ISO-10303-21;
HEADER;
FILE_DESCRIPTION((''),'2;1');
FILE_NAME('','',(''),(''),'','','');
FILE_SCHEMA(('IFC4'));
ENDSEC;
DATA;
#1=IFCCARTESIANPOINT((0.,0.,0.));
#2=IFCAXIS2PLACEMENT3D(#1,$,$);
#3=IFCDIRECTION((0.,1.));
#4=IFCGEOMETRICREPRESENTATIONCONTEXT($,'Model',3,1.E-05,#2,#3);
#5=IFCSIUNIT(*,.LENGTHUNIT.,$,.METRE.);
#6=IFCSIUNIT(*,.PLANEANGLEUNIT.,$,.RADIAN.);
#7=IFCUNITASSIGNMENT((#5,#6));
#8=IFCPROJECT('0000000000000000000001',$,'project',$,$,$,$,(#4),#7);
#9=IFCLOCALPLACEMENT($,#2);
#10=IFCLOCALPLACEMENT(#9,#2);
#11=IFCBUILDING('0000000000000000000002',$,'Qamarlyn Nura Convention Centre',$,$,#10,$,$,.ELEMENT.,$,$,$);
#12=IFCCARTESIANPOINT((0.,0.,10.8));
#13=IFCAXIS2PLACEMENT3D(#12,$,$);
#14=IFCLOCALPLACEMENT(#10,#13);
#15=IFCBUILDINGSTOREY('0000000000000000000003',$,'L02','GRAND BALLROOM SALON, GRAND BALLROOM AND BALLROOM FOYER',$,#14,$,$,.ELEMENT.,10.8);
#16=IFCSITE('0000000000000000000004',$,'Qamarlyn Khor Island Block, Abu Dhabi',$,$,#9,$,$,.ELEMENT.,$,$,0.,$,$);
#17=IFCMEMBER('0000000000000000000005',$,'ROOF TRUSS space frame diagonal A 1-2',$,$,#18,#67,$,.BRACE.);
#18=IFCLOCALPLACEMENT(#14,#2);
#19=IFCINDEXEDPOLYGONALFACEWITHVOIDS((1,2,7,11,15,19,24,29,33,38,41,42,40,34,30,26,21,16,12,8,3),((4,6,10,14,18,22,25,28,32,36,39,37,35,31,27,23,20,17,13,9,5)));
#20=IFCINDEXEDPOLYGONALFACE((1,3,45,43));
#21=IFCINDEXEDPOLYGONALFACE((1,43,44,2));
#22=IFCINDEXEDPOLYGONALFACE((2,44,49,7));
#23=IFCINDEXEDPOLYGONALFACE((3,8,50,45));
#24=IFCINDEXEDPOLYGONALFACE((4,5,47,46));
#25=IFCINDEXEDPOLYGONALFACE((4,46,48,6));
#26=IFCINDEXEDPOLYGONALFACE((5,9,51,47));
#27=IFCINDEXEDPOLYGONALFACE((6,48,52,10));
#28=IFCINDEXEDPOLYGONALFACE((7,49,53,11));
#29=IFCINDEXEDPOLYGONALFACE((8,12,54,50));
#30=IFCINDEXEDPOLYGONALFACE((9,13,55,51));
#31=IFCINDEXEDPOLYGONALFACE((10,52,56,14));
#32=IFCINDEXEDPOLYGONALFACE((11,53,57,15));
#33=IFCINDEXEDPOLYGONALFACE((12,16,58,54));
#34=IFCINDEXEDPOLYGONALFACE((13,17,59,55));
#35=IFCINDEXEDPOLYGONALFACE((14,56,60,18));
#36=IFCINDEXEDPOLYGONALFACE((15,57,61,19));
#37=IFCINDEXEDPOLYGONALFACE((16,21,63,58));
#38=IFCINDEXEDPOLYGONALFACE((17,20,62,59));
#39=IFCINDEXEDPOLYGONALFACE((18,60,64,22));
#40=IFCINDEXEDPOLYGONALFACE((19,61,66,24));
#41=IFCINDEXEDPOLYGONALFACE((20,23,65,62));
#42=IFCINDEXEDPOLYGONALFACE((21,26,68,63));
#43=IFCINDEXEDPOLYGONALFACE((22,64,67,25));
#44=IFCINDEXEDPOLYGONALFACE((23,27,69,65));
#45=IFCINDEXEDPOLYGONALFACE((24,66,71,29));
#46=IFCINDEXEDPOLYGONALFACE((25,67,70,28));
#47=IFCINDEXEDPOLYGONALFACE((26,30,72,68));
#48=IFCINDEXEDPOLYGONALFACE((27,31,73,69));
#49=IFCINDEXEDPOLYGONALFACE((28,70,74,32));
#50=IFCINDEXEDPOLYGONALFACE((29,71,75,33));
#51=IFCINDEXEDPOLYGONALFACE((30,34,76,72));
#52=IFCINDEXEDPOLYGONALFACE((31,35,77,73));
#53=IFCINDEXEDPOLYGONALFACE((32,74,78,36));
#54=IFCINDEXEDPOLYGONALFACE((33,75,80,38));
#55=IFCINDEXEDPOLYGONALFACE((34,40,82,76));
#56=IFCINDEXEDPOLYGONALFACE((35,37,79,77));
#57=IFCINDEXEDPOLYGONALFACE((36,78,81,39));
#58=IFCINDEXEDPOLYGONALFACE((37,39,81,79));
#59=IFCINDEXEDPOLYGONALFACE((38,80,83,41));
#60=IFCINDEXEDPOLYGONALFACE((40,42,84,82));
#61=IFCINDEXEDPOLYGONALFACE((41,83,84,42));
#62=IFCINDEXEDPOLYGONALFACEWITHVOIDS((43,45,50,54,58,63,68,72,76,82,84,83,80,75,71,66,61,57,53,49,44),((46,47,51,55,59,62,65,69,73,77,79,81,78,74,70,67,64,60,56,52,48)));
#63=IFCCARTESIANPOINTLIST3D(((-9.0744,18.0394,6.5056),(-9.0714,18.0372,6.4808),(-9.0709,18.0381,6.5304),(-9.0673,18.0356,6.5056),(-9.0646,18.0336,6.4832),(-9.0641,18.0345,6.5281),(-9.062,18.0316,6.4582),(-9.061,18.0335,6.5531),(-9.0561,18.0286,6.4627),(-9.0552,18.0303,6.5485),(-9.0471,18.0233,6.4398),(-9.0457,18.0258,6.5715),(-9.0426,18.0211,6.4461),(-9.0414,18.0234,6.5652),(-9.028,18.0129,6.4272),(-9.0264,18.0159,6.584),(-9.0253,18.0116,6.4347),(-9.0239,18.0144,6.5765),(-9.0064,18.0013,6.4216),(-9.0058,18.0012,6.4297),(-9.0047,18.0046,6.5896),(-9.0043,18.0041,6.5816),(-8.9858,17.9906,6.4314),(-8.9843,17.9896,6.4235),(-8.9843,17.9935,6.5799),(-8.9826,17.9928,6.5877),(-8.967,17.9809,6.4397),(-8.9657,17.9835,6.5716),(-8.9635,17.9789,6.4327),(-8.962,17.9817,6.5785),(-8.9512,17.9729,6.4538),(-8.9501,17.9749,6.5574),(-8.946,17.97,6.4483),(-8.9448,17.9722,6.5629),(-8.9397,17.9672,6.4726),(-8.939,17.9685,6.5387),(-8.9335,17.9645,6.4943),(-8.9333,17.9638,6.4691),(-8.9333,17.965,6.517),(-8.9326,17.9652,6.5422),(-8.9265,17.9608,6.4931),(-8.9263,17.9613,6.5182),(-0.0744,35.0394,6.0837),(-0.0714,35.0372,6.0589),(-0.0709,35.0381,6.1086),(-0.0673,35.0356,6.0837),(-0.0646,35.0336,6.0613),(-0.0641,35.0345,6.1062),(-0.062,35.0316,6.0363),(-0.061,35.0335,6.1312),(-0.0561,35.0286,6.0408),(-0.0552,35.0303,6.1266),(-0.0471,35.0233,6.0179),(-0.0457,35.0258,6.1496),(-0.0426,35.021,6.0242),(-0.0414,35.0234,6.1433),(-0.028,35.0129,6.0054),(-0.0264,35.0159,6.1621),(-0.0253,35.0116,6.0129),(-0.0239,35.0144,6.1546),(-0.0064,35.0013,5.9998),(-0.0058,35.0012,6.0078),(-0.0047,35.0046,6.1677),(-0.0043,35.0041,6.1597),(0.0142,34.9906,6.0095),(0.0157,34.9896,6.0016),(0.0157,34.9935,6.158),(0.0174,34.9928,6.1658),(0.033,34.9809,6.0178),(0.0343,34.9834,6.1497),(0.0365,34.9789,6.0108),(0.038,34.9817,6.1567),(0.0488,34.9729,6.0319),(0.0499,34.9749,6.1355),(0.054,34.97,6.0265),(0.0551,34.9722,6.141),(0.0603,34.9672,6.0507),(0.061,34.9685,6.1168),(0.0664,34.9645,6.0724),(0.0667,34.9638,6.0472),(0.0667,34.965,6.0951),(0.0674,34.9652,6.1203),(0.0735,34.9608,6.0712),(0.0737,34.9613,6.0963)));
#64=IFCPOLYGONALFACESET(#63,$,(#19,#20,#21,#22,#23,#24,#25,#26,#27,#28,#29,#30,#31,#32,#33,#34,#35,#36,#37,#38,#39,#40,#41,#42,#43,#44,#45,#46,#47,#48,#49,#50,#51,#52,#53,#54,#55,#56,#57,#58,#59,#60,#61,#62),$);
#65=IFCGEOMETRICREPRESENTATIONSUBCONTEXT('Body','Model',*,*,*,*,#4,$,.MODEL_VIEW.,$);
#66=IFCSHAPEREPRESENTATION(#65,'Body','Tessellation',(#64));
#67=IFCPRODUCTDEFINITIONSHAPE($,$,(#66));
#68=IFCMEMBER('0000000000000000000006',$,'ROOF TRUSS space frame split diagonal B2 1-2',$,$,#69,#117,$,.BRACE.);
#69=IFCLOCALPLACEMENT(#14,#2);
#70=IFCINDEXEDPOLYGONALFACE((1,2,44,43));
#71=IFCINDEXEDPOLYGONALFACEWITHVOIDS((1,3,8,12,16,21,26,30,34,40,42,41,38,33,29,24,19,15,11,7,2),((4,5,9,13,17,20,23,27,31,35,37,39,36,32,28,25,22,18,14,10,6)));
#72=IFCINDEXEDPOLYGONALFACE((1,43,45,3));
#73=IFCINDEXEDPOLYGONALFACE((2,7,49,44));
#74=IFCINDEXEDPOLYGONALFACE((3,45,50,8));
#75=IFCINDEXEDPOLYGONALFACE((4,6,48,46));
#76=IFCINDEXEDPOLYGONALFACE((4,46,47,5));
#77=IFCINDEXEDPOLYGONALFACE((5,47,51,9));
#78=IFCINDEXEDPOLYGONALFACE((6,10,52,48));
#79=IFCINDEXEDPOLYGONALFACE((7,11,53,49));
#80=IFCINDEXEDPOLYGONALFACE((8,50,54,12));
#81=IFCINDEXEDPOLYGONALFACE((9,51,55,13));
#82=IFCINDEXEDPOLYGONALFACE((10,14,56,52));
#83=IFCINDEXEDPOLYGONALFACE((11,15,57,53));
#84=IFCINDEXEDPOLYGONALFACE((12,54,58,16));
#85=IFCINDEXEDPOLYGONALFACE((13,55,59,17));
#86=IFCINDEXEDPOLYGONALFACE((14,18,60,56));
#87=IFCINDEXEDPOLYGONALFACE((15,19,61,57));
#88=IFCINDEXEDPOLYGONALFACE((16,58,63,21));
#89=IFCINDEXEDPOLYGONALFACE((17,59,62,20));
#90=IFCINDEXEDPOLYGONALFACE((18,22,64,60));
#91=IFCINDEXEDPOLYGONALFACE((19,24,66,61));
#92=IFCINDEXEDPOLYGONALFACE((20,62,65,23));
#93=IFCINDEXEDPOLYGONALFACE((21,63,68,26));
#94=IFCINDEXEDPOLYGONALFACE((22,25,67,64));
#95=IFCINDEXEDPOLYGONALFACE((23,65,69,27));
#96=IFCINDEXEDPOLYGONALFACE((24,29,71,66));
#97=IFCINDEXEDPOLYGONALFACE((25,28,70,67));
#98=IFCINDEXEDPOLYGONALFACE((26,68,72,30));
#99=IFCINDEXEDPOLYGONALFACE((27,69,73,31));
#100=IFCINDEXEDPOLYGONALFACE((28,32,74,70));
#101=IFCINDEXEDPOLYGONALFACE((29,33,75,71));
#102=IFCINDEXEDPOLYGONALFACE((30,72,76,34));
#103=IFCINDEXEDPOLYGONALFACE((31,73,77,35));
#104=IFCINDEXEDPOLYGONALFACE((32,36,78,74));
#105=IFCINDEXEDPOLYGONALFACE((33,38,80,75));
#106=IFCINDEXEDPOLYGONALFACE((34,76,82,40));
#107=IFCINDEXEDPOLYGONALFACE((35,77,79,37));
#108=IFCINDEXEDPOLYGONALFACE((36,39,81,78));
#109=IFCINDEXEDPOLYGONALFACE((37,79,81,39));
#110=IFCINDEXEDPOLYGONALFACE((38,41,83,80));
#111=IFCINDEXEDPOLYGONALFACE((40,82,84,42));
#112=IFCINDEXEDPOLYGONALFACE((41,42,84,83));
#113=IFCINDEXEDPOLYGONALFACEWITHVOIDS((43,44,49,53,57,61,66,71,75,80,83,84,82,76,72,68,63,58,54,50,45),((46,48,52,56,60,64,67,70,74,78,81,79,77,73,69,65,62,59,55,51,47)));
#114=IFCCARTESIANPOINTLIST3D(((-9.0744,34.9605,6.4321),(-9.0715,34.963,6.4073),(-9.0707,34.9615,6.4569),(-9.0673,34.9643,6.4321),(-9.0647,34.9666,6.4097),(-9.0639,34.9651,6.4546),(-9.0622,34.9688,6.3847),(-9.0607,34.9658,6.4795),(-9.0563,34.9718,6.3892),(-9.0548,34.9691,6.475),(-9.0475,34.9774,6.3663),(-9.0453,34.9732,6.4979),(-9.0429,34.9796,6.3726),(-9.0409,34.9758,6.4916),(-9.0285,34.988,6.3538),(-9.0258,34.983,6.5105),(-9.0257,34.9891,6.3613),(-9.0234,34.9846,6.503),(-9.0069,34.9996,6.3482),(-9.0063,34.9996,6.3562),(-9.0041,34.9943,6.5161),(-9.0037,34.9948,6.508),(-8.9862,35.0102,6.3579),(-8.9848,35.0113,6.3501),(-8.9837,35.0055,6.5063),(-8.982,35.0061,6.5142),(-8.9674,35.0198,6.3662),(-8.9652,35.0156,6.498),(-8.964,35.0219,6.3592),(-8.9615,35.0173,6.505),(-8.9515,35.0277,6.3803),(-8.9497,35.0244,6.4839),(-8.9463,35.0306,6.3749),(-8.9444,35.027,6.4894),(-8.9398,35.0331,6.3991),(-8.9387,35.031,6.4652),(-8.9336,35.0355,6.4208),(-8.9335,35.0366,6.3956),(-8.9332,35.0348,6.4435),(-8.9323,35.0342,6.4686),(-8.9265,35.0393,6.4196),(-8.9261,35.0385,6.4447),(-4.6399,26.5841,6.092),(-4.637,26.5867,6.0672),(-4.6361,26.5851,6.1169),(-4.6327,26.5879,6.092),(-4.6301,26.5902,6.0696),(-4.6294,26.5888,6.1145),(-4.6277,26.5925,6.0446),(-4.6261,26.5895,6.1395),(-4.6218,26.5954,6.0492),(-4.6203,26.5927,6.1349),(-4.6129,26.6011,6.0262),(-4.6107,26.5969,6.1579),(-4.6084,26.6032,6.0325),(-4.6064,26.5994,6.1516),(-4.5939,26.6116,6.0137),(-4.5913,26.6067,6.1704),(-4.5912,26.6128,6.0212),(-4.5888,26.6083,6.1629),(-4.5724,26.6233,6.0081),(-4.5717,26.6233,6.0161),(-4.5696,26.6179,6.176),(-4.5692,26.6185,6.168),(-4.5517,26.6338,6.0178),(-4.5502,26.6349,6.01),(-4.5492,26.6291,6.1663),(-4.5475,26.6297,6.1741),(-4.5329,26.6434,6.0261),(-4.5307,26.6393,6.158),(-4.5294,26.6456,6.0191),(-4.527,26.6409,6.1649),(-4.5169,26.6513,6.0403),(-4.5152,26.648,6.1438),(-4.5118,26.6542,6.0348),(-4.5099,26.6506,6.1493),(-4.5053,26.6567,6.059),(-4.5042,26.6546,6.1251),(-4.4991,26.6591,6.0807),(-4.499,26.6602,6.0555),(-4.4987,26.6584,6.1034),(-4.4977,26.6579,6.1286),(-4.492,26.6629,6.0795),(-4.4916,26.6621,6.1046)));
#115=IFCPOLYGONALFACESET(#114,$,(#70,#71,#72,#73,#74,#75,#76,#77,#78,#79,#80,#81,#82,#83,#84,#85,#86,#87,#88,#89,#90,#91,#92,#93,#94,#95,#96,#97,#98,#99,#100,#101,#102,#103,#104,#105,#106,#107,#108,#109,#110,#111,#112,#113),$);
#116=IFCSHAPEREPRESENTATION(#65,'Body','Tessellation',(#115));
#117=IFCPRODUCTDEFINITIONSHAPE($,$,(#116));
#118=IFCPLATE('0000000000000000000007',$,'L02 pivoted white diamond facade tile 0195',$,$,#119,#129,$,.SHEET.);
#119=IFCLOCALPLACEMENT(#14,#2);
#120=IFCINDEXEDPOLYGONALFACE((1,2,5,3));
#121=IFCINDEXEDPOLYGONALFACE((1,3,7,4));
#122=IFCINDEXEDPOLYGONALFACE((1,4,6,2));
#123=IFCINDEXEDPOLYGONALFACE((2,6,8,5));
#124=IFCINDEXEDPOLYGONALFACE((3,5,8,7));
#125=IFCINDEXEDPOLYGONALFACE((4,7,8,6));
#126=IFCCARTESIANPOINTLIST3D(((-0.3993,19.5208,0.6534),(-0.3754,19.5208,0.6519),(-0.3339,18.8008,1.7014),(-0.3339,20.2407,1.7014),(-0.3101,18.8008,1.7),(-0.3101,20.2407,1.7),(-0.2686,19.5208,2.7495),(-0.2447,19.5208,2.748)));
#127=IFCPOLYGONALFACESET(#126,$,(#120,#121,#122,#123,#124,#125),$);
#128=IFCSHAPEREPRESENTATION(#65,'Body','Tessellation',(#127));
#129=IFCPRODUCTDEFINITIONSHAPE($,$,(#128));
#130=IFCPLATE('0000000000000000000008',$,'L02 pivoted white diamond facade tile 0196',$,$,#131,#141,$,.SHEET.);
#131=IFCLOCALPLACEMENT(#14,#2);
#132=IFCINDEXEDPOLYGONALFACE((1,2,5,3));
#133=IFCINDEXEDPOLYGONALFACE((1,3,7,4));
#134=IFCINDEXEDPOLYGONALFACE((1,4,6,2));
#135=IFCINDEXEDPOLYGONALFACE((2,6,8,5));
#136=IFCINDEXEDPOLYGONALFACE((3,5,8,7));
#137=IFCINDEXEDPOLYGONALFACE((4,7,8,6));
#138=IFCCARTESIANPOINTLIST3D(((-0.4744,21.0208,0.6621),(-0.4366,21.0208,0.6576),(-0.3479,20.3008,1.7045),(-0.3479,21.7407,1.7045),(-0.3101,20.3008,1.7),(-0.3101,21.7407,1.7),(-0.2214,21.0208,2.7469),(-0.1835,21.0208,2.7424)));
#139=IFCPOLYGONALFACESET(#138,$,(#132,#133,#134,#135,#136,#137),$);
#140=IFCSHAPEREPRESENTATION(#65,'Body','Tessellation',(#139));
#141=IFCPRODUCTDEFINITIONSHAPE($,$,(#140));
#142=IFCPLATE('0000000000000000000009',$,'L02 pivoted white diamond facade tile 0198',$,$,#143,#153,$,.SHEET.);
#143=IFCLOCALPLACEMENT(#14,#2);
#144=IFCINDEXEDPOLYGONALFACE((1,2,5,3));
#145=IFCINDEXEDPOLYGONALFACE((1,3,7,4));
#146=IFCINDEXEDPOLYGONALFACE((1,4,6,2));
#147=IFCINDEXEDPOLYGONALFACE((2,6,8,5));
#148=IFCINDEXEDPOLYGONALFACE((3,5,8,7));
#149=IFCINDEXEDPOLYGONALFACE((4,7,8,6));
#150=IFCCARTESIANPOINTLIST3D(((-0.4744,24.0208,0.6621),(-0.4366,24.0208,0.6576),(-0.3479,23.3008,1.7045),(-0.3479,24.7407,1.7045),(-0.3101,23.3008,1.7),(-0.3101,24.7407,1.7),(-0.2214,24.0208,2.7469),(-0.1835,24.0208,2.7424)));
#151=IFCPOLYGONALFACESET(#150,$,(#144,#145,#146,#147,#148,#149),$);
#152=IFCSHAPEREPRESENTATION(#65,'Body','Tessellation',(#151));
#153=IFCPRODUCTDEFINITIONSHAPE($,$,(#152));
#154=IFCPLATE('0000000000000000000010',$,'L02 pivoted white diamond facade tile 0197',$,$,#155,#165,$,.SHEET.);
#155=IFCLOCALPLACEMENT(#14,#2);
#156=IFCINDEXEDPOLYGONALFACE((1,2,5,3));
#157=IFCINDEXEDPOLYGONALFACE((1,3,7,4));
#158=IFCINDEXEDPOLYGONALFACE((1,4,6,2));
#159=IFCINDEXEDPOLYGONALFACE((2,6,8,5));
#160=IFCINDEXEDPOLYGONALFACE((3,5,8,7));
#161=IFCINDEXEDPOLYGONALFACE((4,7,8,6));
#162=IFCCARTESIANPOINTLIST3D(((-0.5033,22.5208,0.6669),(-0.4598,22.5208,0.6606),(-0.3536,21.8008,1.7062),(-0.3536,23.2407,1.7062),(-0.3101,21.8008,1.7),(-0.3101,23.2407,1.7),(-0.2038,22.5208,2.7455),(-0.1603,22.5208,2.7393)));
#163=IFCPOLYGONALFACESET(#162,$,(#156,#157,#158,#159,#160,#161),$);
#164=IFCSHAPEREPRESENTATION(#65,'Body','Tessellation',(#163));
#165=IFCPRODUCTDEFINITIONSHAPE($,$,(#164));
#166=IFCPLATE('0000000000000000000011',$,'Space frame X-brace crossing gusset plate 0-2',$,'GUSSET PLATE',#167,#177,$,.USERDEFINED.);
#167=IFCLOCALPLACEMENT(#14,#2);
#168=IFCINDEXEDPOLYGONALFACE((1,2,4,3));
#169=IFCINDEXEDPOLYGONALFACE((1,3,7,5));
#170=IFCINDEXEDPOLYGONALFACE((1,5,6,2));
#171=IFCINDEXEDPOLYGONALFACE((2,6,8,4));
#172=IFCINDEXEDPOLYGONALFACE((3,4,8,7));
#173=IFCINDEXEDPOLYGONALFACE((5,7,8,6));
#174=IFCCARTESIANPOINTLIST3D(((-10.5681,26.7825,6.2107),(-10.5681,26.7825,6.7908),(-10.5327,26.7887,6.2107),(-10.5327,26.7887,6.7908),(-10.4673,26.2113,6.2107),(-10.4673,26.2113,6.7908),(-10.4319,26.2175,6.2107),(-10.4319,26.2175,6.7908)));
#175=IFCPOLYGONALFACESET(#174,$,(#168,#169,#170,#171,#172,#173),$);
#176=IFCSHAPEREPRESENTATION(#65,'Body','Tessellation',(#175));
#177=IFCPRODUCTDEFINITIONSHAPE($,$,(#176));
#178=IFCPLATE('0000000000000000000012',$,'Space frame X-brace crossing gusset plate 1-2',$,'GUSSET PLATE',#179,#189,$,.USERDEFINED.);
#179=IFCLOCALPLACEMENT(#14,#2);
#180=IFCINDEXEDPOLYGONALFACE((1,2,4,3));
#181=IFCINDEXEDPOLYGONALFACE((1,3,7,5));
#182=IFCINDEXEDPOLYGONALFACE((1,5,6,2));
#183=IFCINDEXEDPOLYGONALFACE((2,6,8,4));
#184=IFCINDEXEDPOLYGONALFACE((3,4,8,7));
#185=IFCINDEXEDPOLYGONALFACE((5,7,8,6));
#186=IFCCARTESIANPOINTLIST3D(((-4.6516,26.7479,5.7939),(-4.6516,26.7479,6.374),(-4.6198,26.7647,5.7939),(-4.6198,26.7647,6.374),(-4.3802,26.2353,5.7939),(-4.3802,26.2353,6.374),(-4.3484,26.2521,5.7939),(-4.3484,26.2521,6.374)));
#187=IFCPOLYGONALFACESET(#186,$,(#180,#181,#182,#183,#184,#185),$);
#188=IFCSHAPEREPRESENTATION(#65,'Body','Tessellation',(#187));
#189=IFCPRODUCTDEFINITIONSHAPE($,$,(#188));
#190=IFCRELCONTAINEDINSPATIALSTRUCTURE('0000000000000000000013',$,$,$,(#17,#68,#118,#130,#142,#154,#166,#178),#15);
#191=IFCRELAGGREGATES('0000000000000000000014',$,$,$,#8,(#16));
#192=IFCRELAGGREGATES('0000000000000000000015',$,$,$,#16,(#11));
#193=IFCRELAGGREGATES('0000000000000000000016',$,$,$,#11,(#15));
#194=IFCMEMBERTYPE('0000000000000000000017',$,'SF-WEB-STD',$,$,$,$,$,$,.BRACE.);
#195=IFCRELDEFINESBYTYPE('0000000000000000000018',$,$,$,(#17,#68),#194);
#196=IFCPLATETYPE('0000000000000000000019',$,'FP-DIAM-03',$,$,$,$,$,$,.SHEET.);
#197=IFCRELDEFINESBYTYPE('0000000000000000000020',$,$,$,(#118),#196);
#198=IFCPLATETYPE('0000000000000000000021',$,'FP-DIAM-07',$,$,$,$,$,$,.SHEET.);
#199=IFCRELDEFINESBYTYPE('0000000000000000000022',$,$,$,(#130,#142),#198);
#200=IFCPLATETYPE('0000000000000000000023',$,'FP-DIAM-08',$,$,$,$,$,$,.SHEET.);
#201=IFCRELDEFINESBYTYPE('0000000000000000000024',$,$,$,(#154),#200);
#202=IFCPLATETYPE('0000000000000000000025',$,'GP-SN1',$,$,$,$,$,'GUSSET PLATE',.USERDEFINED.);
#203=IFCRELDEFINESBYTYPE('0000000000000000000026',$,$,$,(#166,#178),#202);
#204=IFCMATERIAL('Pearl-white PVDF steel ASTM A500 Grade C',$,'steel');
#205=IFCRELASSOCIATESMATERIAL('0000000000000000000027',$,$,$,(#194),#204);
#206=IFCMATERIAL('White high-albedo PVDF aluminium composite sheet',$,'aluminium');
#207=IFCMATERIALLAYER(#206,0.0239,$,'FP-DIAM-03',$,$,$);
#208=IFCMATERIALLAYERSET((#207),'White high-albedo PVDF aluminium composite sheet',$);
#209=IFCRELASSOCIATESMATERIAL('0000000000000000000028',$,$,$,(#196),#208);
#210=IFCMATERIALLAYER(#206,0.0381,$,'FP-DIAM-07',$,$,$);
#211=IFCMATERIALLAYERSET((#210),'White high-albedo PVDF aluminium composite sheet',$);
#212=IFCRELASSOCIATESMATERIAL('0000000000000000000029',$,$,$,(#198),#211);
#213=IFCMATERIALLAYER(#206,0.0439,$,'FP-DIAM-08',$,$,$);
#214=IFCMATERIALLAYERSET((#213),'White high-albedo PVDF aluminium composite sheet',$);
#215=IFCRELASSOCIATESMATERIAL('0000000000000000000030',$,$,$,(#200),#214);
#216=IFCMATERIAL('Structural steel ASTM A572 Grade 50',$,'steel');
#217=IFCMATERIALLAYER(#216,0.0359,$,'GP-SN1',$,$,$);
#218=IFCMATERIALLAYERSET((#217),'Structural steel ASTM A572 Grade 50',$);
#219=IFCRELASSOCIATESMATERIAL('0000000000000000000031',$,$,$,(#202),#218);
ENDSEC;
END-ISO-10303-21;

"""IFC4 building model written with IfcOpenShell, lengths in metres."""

from ifc_helpers import new_model, si_unit, direction, frame, origin, origin_2d, place, context, subcontext, project, spatial, polyline, rectangle, hollow_circle, outline, extrude, material, layer, layer_set, material_profile, profile_set, type_object, element, save


model = new_model("IFC4")

# Units and contexts
model_context = context("Model", 3, precision=1e-05, world=origin(), true_north=direction((0.0, 1.0)))
body_context = subcontext(model_context, "Body", "Model", "MODEL_VIEW")
ifc_project = project(units=[si_unit("LENGTHUNIT", "METRE"), si_unit("PLANEANGLEUNIT", "RADIAN")], contexts=[model_context])

# Site, building, storey
site_placement = place(None, origin())
site = spatial("IfcSite", under=ifc_project, at=site_placement, Name="Qamarlyn Khor Island Block, Abu Dhabi", CompositionType="ELEMENT", RefElevation=0.0)
building_placement = place(site_placement, origin())
building = spatial("IfcBuilding", under=site, at=building_placement, Name="Qamarlyn Nura Convention Centre", CompositionType="ELEMENT")
storey_placement = place(building_placement, frame((0.0, 0.0, 10.8)))
storey = spatial("IfcBuildingStorey", under=building, at=storey_placement, Name="L02", Description="GRAND BALLROOM SALON, GRAND BALLROOM AND BALLROOM FOYER", CompositionType="ELEMENT", Elevation=10.8)

# Members
ifc_material_1 = material(Name="Pearl-white PVDF steel ASTM A500 Grade C", Category="steel")
ifc_material_profile_1 = material_profile(ifc_material_1, hollow_circle(Radius=0.0842, WallThickness=0.0081, at=origin_2d()), Name="CHS168.3X8")
ifc_profile_set_1 = profile_set([ifc_material_profile_1], Name="Pearl-white PVDF steel ASTM A500 Grade C")
member_type_1 = type_object("IfcMemberType", Name="SF-WEB-STD", PredefinedType="BRACE", material=ifc_profile_set_1)
member_1_placement = place(storey_placement, frame((-9.0, 18.0, 6.5056), z_axis=(0.467775, 0.883575, -0.021927), x_axis=(-0.883788, 0.467888, 0.0)))
element("IfcMember", 1, at=member_1_placement, inside=storey, type_object=member_type_1, Name="ROOF TRUSS space frame diagonal A 1-2", PredefinedType="BRACE", context=body_context, shape_type="SweptSolid", body=[
    extrude(hollow_circle(Radius=0.0842, WallThickness=0.0081, at=origin_2d()), origin(), (0.0, 0.0, 1.0), 19.24),
])
member_2_placement = place(storey_placement, frame((-4.5654, 26.6235, 6.092), z_axis=(-0.467584, 0.883221, 0.035859), x_axis=(-0.883789, -0.467885, 0.0)))
element("IfcMember", 2, at=member_2_placement, inside=storey, type_object=member_type_1, Name="ROOF TRUSS space frame split diagonal B2 1-2", PredefinedType="BRACE", context=body_context, shape_type="SweptSolid", body=[
    extrude(hollow_circle(Radius=0.0842, WallThickness=0.0081, at=origin_2d()), origin(), (0.0, 0.0, 1.0), 9.4839),
])

# Plates
ifc_material_2 = material(Name="White high-albedo PVDF aluminium composite sheet", Category="aluminium")
ifc_layer_1 = layer(ifc_material_2, 0.0239, Name="FP-DIAM-03")
ifc_layer_set_1 = layer_set([ifc_layer_1], Name="White high-albedo PVDF aluminium composite sheet")
plate_type_1 = type_object("IfcPlateType", Name="FP-DIAM-03", PredefinedType="SHEET", material=ifc_layer_set_1)
plate_1_placement = place(storey_placement, frame((-0.3101, 19.5208, 1.7), z_axis=(-0.998059, 0.0, 0.062268), x_axis=(0.0, -1.0, 0.0)))
element("IfcPlate", 3, at=plate_1_placement, inside=storey, type_object=plate_type_1, Name="L02 pivoted white diamond facade tile 0195", PredefinedType="SHEET", context=body_context, shape_type="SweptSolid", body=[
    extrude(outline(polyline([(-0.72, 0.0), (0.0, -1.05), (0.72, 0.0), (0.0, 1.05), (-0.72, 0.0)])), origin(), (0.0, 0.0, 1.0), 0.0239),
])
ifc_layer_2 = layer(ifc_material_2, 0.0381, Name="FP-DIAM-07")
ifc_layer_set_2 = layer_set([ifc_layer_2], Name="White high-albedo PVDF aluminium composite sheet")
plate_type_2 = type_object("IfcPlateType", Name="FP-DIAM-07", PredefinedType="SHEET", material=ifc_layer_set_2)
for number, where, z_axis, x_axis, name in (
    (4, (-0.3101, 21.0208, 1.7), (-0.992715, 0.0, 0.120483), (0.0, -1.0, 0.0), "L02 pivoted white diamond facade tile 0196"),
    (5, (-0.3101, 24.0208, 1.7), (-0.992715, 0.0, 0.120483), (0.0, -1.0, 0.0), "L02 pivoted white diamond facade tile 0198"),
):
    element("IfcPlate", number, at=place(storey_placement, frame(where, z_axis=z_axis, x_axis=x_axis)), inside=storey, type_object=plate_type_2, Name=name, PredefinedType="SHEET", context=body_context, shape_type="SweptSolid", body=[
        extrude(outline(polyline([(-0.72, 0.0), (0.0, -1.05), (0.72, 0.0), (0.0, 1.05), (-0.72, 0.0)])), origin(), (0.0, 0.0, 1.0), 0.0381),
    ])
ifc_layer_3 = layer(ifc_material_2, 0.0439, Name="FP-DIAM-08")
ifc_layer_set_3 = layer_set([ifc_layer_3], Name="White high-albedo PVDF aluminium composite sheet")
plate_type_3 = type_object("IfcPlateType", Name="FP-DIAM-08", PredefinedType="SHEET", material=ifc_layer_set_3)
plate_2_placement = place(storey_placement, frame((-0.3101, 22.5208, 1.7), z_axis=(-0.989776, 0.0, 0.142629), x_axis=(0.0, -1.0, 0.0)))
element("IfcPlate", 6, at=plate_2_placement, inside=storey, type_object=plate_type_3, Name="L02 pivoted white diamond facade tile 0197", PredefinedType="SHEET", context=body_context, shape_type="SweptSolid", body=[
    extrude(outline(polyline([(-0.72, 0.0), (0.0, -1.05), (0.72, 0.0), (0.0, 1.05), (-0.72, 0.0)])), origin(), (0.0, 0.0, 1.0), 0.0439),
])
ifc_material_3 = material(Name="Structural steel ASTM A572 Grade 50", Category="steel")
ifc_layer_4 = layer(ifc_material_3, 0.0359, Name="GP-SN1")
ifc_layer_set_4 = layer_set([ifc_layer_4], Name="Structural steel ASTM A572 Grade 50")
plate_type_4 = type_object("IfcPlateType", Name="GP-SN1", ElementType="GUSSET PLATE", PredefinedType="USERDEFINED", material=ifc_layer_set_4)
for number, where, z_axis, x_axis, name in (
    (7, (-10.5, 26.5, 6.2107), (0.0, 0.0, 1.0), (-0.173786, 0.984783, 0.0), "Space frame X-brace crossing gusset plate 0-2"),
    (8, (-4.5, 26.5, 5.7939), (0.0, 0.0, 1.0), (-0.467888, 0.883788, 0.0), "Space frame X-brace crossing gusset plate 1-2"),
):
    element("IfcPlate", number, at=place(storey_placement, frame(where, z_axis=z_axis, x_axis=x_axis)), inside=storey, type_object=plate_type_4, Name=name, ObjectType="GUSSET PLATE", PredefinedType="USERDEFINED", context=body_context, shape_type="SweptSolid", body=[
        extrude(rectangle(XDim=0.5801, YDim=0.0359, at=origin_2d()), origin(), (0.0, 0.0, 1.0), 0.5801),
    ])

save(model, "model.ifc")
